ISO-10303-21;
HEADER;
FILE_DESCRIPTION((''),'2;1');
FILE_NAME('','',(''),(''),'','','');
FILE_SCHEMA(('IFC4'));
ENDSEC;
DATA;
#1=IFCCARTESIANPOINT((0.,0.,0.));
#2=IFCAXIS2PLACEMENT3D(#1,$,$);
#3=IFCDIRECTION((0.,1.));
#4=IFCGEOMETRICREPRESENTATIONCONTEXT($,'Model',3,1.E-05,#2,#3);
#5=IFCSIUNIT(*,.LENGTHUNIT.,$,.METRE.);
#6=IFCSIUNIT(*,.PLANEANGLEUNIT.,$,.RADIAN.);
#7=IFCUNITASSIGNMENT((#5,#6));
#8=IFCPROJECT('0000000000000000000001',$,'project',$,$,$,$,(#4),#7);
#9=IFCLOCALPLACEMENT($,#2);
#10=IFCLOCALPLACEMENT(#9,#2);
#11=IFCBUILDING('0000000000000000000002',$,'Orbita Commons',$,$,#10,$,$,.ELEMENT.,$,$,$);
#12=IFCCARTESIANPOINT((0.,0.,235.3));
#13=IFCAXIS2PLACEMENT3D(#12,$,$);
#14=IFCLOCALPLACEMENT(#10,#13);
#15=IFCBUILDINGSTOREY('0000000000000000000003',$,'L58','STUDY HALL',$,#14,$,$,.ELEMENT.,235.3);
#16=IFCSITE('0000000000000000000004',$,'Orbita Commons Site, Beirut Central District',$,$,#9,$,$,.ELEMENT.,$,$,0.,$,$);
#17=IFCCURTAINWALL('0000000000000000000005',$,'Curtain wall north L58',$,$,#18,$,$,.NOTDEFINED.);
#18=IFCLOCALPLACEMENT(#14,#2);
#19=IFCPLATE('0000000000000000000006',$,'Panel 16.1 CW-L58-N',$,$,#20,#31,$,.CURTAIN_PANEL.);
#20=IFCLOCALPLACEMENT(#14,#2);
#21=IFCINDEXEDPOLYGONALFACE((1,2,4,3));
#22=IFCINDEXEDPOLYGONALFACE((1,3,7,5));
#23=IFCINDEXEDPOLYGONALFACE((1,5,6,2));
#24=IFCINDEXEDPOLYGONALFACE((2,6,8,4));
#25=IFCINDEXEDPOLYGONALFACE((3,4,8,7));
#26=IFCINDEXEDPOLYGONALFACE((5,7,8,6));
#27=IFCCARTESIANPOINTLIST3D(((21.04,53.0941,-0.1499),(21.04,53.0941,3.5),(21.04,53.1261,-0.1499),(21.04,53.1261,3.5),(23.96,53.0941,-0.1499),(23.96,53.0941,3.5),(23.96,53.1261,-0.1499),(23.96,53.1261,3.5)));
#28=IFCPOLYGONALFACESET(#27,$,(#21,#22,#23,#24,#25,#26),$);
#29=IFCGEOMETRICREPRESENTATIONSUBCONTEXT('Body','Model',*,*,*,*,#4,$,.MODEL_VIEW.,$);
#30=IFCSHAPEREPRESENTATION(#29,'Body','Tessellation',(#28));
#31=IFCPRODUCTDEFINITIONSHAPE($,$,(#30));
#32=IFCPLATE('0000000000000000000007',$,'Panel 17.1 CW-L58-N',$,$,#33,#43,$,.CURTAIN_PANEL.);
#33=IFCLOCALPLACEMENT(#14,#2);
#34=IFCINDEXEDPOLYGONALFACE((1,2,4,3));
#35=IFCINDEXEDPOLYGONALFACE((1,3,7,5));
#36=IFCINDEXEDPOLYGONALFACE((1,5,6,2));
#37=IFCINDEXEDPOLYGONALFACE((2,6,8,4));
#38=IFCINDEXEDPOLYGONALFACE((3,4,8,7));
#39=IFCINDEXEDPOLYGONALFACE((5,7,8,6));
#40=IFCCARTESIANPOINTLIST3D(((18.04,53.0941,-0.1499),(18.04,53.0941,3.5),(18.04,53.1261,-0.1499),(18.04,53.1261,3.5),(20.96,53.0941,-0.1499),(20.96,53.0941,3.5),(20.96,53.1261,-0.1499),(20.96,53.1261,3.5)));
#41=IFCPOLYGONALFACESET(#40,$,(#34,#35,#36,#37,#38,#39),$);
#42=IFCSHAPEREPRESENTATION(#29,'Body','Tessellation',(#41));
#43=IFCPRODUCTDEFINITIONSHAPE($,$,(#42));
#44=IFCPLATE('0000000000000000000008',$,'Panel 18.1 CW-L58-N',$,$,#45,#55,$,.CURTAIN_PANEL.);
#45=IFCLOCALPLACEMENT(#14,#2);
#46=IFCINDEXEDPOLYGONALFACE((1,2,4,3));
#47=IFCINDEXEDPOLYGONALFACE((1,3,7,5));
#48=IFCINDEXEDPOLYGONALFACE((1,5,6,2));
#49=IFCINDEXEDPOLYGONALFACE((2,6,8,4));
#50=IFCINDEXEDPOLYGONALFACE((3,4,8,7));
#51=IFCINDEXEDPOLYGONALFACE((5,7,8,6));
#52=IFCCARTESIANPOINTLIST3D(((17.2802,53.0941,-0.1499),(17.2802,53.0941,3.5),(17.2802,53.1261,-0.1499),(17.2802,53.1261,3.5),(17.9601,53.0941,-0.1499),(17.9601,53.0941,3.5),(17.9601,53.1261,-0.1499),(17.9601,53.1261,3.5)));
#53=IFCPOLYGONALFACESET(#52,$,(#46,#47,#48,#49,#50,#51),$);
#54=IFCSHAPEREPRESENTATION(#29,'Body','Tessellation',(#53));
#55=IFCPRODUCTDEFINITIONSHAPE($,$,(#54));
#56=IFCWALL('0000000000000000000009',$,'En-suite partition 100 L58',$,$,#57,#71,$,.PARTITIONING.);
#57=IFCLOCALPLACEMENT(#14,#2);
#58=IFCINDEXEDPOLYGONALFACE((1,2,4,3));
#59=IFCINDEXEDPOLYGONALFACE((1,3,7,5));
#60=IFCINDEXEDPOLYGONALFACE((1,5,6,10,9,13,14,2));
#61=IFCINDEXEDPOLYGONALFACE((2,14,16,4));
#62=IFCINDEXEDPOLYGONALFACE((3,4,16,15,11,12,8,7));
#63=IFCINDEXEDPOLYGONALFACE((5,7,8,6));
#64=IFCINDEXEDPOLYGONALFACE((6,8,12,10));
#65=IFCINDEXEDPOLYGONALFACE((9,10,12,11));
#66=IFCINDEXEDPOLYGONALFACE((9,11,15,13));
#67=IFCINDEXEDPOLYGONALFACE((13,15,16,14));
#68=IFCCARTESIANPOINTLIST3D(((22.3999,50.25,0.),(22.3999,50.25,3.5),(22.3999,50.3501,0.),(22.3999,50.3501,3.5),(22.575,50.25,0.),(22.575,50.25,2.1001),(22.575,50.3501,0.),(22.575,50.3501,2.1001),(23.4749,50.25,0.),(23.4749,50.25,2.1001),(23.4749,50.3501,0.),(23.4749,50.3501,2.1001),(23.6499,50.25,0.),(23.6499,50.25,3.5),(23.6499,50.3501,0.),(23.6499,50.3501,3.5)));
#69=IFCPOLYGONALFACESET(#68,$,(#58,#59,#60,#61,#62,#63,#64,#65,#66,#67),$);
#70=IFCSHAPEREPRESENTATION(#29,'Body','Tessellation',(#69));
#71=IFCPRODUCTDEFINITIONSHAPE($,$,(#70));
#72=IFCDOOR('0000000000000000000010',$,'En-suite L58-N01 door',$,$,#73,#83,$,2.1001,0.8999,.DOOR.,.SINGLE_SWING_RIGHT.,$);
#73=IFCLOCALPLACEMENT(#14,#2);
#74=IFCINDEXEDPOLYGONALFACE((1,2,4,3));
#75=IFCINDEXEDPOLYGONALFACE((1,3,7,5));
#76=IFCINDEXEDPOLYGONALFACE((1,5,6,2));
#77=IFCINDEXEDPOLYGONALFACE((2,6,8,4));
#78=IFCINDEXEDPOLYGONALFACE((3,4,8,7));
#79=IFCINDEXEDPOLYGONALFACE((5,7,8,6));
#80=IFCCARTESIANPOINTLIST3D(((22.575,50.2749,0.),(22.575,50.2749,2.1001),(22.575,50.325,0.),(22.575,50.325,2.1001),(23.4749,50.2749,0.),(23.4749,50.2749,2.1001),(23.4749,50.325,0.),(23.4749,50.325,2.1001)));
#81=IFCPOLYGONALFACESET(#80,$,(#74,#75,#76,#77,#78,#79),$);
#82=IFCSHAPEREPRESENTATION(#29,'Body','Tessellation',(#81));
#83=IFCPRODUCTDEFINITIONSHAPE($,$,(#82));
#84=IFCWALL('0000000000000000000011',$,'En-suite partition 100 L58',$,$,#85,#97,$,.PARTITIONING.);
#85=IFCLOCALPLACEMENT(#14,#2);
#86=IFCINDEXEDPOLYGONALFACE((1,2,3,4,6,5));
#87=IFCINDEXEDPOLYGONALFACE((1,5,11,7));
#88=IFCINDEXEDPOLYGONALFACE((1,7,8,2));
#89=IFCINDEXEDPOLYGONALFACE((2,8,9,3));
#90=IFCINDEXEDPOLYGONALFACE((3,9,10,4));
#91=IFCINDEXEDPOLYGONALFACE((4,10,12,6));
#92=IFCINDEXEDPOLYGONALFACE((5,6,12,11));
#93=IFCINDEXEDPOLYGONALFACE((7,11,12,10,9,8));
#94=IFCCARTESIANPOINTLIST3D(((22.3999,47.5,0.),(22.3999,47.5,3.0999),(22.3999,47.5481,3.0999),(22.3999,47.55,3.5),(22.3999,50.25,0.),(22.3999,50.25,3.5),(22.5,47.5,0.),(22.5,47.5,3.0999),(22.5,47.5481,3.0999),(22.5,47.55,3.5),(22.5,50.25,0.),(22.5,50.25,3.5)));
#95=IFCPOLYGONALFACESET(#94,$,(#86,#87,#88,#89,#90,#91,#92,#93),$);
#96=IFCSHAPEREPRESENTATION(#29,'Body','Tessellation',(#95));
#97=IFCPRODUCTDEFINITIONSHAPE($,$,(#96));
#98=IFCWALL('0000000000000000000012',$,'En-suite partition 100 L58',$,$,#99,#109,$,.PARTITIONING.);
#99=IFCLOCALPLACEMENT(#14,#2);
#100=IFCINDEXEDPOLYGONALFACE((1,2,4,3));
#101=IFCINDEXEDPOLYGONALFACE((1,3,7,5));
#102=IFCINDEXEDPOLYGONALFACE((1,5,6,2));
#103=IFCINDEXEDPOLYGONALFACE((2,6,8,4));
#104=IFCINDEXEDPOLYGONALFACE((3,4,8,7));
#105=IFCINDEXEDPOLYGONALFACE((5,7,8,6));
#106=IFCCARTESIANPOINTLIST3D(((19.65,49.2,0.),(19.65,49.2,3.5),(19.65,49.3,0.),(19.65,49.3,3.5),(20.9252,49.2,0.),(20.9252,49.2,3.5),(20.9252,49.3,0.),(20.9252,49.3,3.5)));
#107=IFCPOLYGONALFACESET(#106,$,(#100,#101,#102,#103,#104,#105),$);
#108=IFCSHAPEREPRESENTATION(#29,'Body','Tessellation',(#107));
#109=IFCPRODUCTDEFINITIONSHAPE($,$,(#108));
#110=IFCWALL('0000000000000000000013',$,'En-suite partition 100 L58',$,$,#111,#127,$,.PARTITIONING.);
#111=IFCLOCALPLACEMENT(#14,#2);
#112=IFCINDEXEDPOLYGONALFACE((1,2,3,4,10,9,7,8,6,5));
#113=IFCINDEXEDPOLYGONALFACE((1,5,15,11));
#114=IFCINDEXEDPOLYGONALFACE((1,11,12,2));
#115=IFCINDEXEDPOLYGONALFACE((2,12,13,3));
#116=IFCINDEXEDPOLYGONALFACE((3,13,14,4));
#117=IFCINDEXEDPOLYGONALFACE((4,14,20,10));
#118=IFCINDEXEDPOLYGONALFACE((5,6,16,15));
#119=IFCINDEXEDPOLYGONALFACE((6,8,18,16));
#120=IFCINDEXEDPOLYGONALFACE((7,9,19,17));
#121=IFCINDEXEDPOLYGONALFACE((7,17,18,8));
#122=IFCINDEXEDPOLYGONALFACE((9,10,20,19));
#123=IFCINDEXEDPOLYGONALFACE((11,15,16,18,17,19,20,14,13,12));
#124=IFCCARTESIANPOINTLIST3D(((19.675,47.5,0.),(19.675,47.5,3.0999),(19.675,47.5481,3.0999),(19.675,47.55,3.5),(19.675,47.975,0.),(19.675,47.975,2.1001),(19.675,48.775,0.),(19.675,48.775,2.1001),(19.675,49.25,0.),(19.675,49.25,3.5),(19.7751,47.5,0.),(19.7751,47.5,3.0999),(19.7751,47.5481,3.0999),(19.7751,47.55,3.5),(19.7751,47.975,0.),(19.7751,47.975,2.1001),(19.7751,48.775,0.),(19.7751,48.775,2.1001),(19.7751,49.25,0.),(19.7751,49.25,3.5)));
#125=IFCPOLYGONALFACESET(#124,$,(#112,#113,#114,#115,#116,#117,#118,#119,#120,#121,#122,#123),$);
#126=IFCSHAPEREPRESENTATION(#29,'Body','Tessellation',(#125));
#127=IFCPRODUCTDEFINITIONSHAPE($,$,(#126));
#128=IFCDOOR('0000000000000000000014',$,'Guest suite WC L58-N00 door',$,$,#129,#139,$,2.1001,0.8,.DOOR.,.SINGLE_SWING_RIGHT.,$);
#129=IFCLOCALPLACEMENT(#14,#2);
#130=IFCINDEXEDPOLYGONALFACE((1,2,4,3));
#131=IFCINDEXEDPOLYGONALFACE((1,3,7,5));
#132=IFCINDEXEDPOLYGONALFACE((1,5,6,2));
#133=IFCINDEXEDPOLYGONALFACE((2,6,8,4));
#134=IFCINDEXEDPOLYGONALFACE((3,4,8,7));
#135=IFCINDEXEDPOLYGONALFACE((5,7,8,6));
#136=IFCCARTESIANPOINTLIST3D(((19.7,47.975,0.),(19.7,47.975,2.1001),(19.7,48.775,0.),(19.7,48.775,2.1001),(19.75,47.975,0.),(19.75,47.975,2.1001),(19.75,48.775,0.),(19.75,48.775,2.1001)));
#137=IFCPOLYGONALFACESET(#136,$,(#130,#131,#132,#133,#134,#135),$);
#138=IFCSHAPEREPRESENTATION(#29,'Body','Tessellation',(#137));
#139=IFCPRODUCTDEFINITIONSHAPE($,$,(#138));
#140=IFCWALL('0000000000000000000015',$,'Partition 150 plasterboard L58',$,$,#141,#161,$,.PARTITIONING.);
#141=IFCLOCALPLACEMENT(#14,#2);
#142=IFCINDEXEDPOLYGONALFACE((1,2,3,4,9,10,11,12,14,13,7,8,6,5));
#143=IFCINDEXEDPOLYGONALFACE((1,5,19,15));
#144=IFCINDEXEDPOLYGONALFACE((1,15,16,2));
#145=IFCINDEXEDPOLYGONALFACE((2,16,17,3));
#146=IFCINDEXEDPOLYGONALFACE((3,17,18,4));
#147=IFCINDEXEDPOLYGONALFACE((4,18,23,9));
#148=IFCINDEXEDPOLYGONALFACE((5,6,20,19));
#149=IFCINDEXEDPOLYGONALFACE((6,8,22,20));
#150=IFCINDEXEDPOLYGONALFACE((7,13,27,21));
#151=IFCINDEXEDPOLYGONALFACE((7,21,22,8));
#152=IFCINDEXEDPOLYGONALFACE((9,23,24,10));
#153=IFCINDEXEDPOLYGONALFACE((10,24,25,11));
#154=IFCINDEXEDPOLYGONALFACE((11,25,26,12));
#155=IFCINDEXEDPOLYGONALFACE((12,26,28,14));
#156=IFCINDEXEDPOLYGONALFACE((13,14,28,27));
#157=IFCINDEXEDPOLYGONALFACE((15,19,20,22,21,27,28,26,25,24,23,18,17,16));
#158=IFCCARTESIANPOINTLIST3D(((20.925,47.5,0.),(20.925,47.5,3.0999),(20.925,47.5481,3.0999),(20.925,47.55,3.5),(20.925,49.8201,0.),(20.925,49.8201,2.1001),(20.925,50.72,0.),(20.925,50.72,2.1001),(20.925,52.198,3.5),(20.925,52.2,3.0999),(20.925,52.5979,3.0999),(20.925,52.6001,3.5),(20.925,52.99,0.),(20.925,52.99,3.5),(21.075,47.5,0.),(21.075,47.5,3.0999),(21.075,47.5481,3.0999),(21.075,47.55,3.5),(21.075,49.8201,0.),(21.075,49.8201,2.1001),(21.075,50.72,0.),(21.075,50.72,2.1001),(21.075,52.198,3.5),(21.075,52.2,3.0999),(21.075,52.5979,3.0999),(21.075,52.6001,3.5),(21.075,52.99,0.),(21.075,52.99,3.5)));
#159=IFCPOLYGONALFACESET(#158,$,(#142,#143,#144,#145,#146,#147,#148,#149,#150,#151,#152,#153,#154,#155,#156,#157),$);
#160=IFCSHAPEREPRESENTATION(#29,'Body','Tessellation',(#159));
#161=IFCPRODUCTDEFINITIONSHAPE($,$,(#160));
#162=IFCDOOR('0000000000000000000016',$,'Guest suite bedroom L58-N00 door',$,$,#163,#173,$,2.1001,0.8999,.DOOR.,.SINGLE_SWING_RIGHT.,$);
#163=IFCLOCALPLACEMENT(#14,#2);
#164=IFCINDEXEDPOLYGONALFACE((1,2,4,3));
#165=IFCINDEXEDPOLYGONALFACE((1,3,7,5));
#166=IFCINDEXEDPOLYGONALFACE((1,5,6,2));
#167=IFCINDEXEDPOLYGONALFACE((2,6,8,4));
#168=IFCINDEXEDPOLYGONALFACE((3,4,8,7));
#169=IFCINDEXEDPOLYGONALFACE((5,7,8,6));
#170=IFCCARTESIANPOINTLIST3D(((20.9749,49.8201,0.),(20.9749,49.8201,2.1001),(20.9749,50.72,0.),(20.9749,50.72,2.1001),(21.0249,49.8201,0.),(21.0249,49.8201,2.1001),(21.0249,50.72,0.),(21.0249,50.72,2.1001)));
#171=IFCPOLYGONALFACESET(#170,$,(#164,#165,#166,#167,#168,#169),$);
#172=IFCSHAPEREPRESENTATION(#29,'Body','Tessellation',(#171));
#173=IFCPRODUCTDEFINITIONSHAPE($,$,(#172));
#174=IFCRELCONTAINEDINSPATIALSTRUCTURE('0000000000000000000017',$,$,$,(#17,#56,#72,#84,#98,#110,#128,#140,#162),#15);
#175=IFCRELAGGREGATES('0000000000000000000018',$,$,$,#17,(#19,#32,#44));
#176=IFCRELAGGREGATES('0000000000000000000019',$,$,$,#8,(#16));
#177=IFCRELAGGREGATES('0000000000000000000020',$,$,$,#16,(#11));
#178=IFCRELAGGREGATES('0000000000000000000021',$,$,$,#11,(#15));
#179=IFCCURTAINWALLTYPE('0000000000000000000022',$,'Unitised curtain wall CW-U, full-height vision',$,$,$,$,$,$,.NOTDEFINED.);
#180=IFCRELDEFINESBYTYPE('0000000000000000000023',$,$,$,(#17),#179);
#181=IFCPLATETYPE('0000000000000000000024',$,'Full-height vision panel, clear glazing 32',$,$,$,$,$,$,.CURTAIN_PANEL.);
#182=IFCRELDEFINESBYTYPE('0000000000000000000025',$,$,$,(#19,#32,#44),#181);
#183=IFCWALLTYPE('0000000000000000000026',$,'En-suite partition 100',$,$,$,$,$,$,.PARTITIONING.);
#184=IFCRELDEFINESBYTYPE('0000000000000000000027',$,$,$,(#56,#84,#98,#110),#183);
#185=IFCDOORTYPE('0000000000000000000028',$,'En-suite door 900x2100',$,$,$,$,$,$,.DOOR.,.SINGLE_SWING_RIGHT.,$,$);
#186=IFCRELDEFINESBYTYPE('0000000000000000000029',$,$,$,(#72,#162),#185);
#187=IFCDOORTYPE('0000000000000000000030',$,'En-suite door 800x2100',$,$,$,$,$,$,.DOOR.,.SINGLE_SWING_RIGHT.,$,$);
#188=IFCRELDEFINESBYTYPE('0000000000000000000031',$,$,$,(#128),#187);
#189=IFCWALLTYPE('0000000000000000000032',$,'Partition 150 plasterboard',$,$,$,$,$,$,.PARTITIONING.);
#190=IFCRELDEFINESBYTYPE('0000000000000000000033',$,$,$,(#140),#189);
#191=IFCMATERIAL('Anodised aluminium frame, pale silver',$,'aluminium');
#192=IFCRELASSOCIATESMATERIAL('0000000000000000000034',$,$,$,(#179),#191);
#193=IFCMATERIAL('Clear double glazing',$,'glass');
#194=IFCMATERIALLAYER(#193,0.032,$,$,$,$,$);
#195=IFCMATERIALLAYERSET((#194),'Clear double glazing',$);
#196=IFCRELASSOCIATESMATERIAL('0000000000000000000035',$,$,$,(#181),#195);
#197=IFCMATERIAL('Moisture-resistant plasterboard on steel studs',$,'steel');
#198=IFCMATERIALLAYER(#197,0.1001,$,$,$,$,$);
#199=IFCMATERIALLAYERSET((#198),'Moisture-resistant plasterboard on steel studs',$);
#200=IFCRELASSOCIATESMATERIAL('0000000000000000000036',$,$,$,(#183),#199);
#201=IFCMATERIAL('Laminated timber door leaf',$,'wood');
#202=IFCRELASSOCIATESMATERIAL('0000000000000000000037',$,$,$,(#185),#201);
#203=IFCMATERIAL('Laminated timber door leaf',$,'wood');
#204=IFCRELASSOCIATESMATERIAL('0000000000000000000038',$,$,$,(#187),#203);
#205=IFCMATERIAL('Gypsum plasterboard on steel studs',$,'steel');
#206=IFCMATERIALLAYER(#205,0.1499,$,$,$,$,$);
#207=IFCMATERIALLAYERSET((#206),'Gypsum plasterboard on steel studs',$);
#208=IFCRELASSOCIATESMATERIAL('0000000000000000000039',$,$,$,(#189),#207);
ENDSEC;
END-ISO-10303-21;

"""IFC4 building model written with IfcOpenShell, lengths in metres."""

from ifc_helpers import new_model, si_unit, direction, frame, frame_2d, origin, origin_2d, place, context, subcontext, project, spatial, polyline, rectangle, outline, extrude, material, layer, layer_set, type_object, element, fill, aggregate, save


model = new_model("IFC4")

# Units and contexts
model_context = context("Model", 3, precision=1e-05, world=origin(), true_north=direction((0.0, 1.0)))
body_context = subcontext(model_context, "Body", "Model", "MODEL_VIEW")
ifc_project = project(units=[si_unit("LENGTHUNIT", "METRE"), si_unit("PLANEANGLEUNIT", "RADIAN")], contexts=[model_context])

# Site, building, storey
site_placement = place(None, origin())
site = spatial("IfcSite", under=ifc_project, at=site_placement, Name="Orbita Commons Site, Beirut Central District", CompositionType="ELEMENT", RefElevation=0.0)
building_placement = place(site_placement, origin())
building = spatial("IfcBuilding", under=site, at=building_placement, Name="Orbita Commons", CompositionType="ELEMENT")
storey_placement = place(building_placement, frame((0.0, 0.0, 235.3)))
storey = spatial("IfcBuildingStorey", under=building, at=storey_placement, Name="L58", Description="STUDY HALL", CompositionType="ELEMENT", Elevation=235.3)

# Curtain wall
ifc_material_1 = material(Name="Anodised aluminium frame, pale silver", Category="aluminium")
curtain_wall_type = type_object("IfcCurtainWallType", Name="Unitised curtain wall CW-U, full-height vision", PredefinedType="NOTDEFINED", material=ifc_material_1)
curtain_wall_placement = place(storey_placement, origin())
curtain_wall = element("IfcCurtainWall", 1, at=curtain_wall_placement, inside=storey, type_object=curtain_wall_type, Name="Curtain wall north L58", PredefinedType="NOTDEFINED")

# Plates
ifc_material_2 = material(Name="Clear double glazing", Category="glass")
ifc_layer_1 = layer(ifc_material_2, 0.032)
ifc_layer_set_1 = layer_set([ifc_layer_1], Name="Clear double glazing")
plate_type = type_object("IfcPlateType", Name="Full-height vision panel, clear glazing 32", PredefinedType="CURTAIN_PANEL", material=ifc_layer_set_1)
plate_1_placement = place(storey_placement, frame((22.5, 53.1101, -0.1499), z_axis=(0.0, 0.0, 1.0), x_axis=(-1.0, 0.0, 0.0)))
plate_1 = element("IfcPlate", 2, at=plate_1_placement, type_object=plate_type, Name="Panel 16.1 CW-L58-N", PredefinedType="CURTAIN_PANEL", context=body_context, shape_type="SweptSolid", body=[
    extrude(rectangle(XDim=2.9199, YDim=0.032, at=origin_2d()), origin(), (0.0, 0.0, 1.0), 3.6499),
])
plate_2_placement = place(storey_placement, frame((19.5, 53.1101, -0.1499), z_axis=(0.0, 0.0, 1.0), x_axis=(-1.0, 0.0, 0.0)))
plate_2 = element("IfcPlate", 3, at=plate_2_placement, type_object=plate_type, Name="Panel 17.1 CW-L58-N", PredefinedType="CURTAIN_PANEL", context=body_context, shape_type="SweptSolid", body=[
    extrude(rectangle(XDim=2.9199, YDim=0.032, at=origin_2d()), origin(), (0.0, 0.0, 1.0), 3.6499),
])
plate_3_placement = place(storey_placement, frame((17.6201, 53.1101, -0.1499), z_axis=(0.0, 0.0, 1.0), x_axis=(-1.0, 0.0, 0.0)))
plate_3 = element("IfcPlate", 4, at=plate_3_placement, type_object=plate_type, Name="Panel 18.1 CW-L58-N", PredefinedType="CURTAIN_PANEL", context=body_context, shape_type="SweptSolid", body=[
    extrude(rectangle(XDim=0.6799, YDim=0.032, at=origin_2d()), origin(), (0.0, 0.0, 1.0), 3.6499),
])
aggregate(curtain_wall, [plate_1, plate_2, plate_3])

# Wall, opening, door
ifc_material_3 = material(Name="Moisture-resistant plasterboard on steel studs", Category="steel")
ifc_layer_2 = layer(ifc_material_3, 0.1001)
ifc_layer_set_2 = layer_set([ifc_layer_2], Name="Moisture-resistant plasterboard on steel studs")
wall_type_1 = type_object("IfcWallType", Name="En-suite partition 100", PredefinedType="PARTITIONING", material=ifc_layer_set_2)
wall_1_placement = place(storey_placement, frame((22.3999, 50.3, 0.0), z_axis=(0.0, 0.0, 1.0), x_axis=(1.0, 0.0, 0.0)))
wall_1 = element("IfcWall", 5, at=wall_1_placement, inside=storey, type_object=wall_type_1, Name="En-suite partition 100 L58", PredefinedType="PARTITIONING", context=body_context, shape_type="SweptSolid", body=[
    extrude(rectangle(XDim=1.25, YDim=0.1001, at=frame_2d((0.625, 0.0))), origin(), (0.0, 0.0, 1.0), 3.5),
])
opening_1_placement = place(wall_1_placement, frame((0.175, 0.0, 0.0)))
opening_1 = element("IfcOpeningElement", 6, at=opening_1_placement, cuts=wall_1, PredefinedType="OPENING", context=body_context, shape_type="SweptSolid", body=[
    extrude(rectangle(XDim=0.8999, YDim=2.1001, at=frame_2d((0.45, 1.05))), frame((0.0, 0.0601, 0.0), z_axis=(0.0, -1.0, 0.0), x_axis=(1.0, 0.0, 0.0)), (0.0, 0.0, 1.0), 0.1201),
])
ifc_material_4 = material(Name="Laminated timber door leaf", Category="wood")
door_type_1 = type_object("IfcDoorType", Name="En-suite door 900x2100", OperationType="SINGLE_SWING_RIGHT", PredefinedType="DOOR", material=ifc_material_4)
door_1_placement = place(opening_1_placement, origin())
door_1 = element("IfcDoor", 7, at=door_1_placement, inside=storey, type_object=door_type_1, Name="En-suite L58-N01 door", OperationType="SINGLE_SWING_RIGHT", OverallHeight=2.1001, OverallWidth=0.8999, PredefinedType="DOOR", context=body_context, shape_type="SweptSolid", body=[
    extrude(rectangle(XDim=0.8999, YDim=2.1001, at=frame_2d((0.45, 1.05))), frame((0.0, 0.0249, 0.0), z_axis=(0.0, -1.0, 0.0), x_axis=(1.0, 0.0, 0.0)), (0.0, 0.0, 1.0), 0.05),
])
fill(opening_1, door_1)

# Walls
wall_2_placement = place(storey_placement, frame((22.45, 50.25, 0.0), z_axis=(0.0, 0.0, 1.0), x_axis=(0.0, -1.0, 0.0)))
element("IfcWall", 8, at=wall_2_placement, inside=storey, type_object=wall_type_1, Name="En-suite partition 100 L58", PredefinedType="PARTITIONING", context=body_context, shape_type="SweptSolid", body=[
    extrude(outline(polyline([(0.0, 0.0), (2.75, 0.0), (2.75, 3.0999), (2.7019, 3.0999), (2.7, 3.5), (0.0, 3.5), (0.0, 0.0)])), frame((0.0, 0.05, 0.0), z_axis=(0.0, -1.0, 0.0), x_axis=(1.0, 0.0, 0.0)), (0.0, 0.0, 1.0), 0.1001),
])
wall_3_placement = place(storey_placement, frame((19.6499, 49.25, 0.0), z_axis=(0.0, 0.0, 1.0), x_axis=(1.0, 0.0, 0.0)))
element("IfcWall", 9, at=wall_3_placement, inside=storey, type_object=wall_type_1, Name="En-suite partition 100 L58", PredefinedType="PARTITIONING", context=body_context, shape_type="SweptSolid", body=[
    extrude(rectangle(XDim=1.2751, YDim=0.1001, at=frame_2d((0.6377, 0.0))), origin(), (0.0, 0.0, 1.0), 3.5),
])

# Walls, openings, doors
wall_4_placement = place(storey_placement, frame((19.7251, 49.25, 0.0), z_axis=(0.0, 0.0, 1.0), x_axis=(0.0, -1.0, 0.0)))
wall_4 = element("IfcWall", 10, at=wall_4_placement, inside=storey, type_object=wall_type_1, Name="En-suite partition 100 L58", PredefinedType="PARTITIONING", context=body_context, shape_type="SweptSolid", body=[
    extrude(outline(polyline([(0.0, 0.0), (1.75, 0.0), (1.75, 3.0999), (1.7019, 3.0999), (1.7, 3.5), (0.0, 3.5), (0.0, 0.0)])), frame((0.0, 0.05, 0.0), z_axis=(0.0, -1.0, 0.0), x_axis=(1.0, 0.0, 0.0)), (0.0, 0.0, 1.0), 0.1001),
])
opening_2_placement = place(wall_4_placement, frame((0.4751, 0.0, 0.0)))
opening_2 = element("IfcOpeningElement", 11, at=opening_2_placement, cuts=wall_4, PredefinedType="OPENING", context=body_context, shape_type="SweptSolid", body=[
    extrude(rectangle(XDim=0.8, YDim=2.1001, at=frame_2d((0.3999, 1.05))), frame((0.0, 0.0601, 0.0), z_axis=(0.0, -1.0, 0.0), x_axis=(1.0, 0.0, 0.0)), (0.0, 0.0, 1.0), 0.1201),
])
ifc_material_5 = material(Name="Laminated timber door leaf", Category="wood")
door_type_2 = type_object("IfcDoorType", Name="En-suite door 800x2100", OperationType="SINGLE_SWING_RIGHT", PredefinedType="DOOR", material=ifc_material_5)
door_2_placement = place(opening_2_placement, origin())
door_2 = element("IfcDoor", 12, at=door_2_placement, inside=storey, type_object=door_type_2, Name="Guest suite WC L58-N00 door", OperationType="SINGLE_SWING_RIGHT", OverallHeight=2.1001, OverallWidth=0.8, PredefinedType="DOOR", context=body_context, shape_type="SweptSolid", body=[
    extrude(rectangle(XDim=0.8, YDim=2.1001, at=frame_2d((0.3999, 1.05))), frame((0.0, 0.0249, 0.0), z_axis=(0.0, -1.0, 0.0), x_axis=(1.0, 0.0, 0.0)), (0.0, 0.0, 1.0), 0.05),
])
fill(opening_2, door_2)
ifc_material_6 = material(Name="Gypsum plasterboard on steel studs", Category="steel")
ifc_layer_3 = layer(ifc_material_6, 0.1499)
ifc_layer_set_3 = layer_set([ifc_layer_3], Name="Gypsum plasterboard on steel studs")
wall_type_2 = type_object("IfcWallType", Name="Partition 150 plasterboard", PredefinedType="PARTITIONING", material=ifc_layer_set_3)
wall_5_placement = place(storey_placement, frame((21.0, 52.99, 0.0), z_axis=(0.0, 0.0, 1.0), x_axis=(0.0, -1.0, 0.0)))
wall_5 = element("IfcWall", 13, at=wall_5_placement, inside=storey, type_object=wall_type_2, Name="Partition 150 plasterboard L58", PredefinedType="PARTITIONING", context=body_context, shape_type="SweptSolid", body=[
    extrude(outline(polyline([(0.0, 0.0), (5.49, 0.0), (5.49, 3.0999), (5.4419, 3.0999), (5.4399, 3.5), (0.792, 3.5), (0.79, 3.0999), (0.3921, 3.0999), (0.3899, 3.5), (0.0, 3.5), (0.0, 0.0)])), frame((0.0, 0.075, 0.0), z_axis=(0.0, -1.0, 0.0), x_axis=(1.0, 0.0, 0.0)), (0.0, 0.0, 1.0), 0.1499),
])
opening_3_placement = place(wall_5_placement, frame((2.27, 0.0, 0.0)))
opening_3 = element("IfcOpeningElement", 14, at=opening_3_placement, cuts=wall_5, PredefinedType="OPENING", context=body_context, shape_type="SweptSolid", body=[
    extrude(rectangle(XDim=0.8999, YDim=2.1001, at=frame_2d((0.45, 1.05))), frame((0.0, 0.085, 0.0), z_axis=(0.0, -1.0, 0.0), x_axis=(1.0, 0.0, 0.0)), (0.0, 0.0, 1.0), 0.1699),
])
door_3_placement = place(opening_3_placement, origin())
door_3 = element("IfcDoor", 15, at=door_3_placement, inside=storey, type_object=door_type_1, Name="Guest suite bedroom L58-N00 door", OperationType="SINGLE_SWING_RIGHT", OverallHeight=2.1001, OverallWidth=0.8999, PredefinedType="DOOR", context=body_context, shape_type="SweptSolid", body=[
    extrude(rectangle(XDim=0.8999, YDim=2.1001, at=frame_2d((0.45, 1.05))), frame((0.0, 0.0249, 0.0), z_axis=(0.0, -1.0, 0.0), x_axis=(1.0, 0.0, 0.0)), (0.0, 0.0, 1.0), 0.05),
])
fill(opening_3, door_3)

save(model, "model.ifc")
